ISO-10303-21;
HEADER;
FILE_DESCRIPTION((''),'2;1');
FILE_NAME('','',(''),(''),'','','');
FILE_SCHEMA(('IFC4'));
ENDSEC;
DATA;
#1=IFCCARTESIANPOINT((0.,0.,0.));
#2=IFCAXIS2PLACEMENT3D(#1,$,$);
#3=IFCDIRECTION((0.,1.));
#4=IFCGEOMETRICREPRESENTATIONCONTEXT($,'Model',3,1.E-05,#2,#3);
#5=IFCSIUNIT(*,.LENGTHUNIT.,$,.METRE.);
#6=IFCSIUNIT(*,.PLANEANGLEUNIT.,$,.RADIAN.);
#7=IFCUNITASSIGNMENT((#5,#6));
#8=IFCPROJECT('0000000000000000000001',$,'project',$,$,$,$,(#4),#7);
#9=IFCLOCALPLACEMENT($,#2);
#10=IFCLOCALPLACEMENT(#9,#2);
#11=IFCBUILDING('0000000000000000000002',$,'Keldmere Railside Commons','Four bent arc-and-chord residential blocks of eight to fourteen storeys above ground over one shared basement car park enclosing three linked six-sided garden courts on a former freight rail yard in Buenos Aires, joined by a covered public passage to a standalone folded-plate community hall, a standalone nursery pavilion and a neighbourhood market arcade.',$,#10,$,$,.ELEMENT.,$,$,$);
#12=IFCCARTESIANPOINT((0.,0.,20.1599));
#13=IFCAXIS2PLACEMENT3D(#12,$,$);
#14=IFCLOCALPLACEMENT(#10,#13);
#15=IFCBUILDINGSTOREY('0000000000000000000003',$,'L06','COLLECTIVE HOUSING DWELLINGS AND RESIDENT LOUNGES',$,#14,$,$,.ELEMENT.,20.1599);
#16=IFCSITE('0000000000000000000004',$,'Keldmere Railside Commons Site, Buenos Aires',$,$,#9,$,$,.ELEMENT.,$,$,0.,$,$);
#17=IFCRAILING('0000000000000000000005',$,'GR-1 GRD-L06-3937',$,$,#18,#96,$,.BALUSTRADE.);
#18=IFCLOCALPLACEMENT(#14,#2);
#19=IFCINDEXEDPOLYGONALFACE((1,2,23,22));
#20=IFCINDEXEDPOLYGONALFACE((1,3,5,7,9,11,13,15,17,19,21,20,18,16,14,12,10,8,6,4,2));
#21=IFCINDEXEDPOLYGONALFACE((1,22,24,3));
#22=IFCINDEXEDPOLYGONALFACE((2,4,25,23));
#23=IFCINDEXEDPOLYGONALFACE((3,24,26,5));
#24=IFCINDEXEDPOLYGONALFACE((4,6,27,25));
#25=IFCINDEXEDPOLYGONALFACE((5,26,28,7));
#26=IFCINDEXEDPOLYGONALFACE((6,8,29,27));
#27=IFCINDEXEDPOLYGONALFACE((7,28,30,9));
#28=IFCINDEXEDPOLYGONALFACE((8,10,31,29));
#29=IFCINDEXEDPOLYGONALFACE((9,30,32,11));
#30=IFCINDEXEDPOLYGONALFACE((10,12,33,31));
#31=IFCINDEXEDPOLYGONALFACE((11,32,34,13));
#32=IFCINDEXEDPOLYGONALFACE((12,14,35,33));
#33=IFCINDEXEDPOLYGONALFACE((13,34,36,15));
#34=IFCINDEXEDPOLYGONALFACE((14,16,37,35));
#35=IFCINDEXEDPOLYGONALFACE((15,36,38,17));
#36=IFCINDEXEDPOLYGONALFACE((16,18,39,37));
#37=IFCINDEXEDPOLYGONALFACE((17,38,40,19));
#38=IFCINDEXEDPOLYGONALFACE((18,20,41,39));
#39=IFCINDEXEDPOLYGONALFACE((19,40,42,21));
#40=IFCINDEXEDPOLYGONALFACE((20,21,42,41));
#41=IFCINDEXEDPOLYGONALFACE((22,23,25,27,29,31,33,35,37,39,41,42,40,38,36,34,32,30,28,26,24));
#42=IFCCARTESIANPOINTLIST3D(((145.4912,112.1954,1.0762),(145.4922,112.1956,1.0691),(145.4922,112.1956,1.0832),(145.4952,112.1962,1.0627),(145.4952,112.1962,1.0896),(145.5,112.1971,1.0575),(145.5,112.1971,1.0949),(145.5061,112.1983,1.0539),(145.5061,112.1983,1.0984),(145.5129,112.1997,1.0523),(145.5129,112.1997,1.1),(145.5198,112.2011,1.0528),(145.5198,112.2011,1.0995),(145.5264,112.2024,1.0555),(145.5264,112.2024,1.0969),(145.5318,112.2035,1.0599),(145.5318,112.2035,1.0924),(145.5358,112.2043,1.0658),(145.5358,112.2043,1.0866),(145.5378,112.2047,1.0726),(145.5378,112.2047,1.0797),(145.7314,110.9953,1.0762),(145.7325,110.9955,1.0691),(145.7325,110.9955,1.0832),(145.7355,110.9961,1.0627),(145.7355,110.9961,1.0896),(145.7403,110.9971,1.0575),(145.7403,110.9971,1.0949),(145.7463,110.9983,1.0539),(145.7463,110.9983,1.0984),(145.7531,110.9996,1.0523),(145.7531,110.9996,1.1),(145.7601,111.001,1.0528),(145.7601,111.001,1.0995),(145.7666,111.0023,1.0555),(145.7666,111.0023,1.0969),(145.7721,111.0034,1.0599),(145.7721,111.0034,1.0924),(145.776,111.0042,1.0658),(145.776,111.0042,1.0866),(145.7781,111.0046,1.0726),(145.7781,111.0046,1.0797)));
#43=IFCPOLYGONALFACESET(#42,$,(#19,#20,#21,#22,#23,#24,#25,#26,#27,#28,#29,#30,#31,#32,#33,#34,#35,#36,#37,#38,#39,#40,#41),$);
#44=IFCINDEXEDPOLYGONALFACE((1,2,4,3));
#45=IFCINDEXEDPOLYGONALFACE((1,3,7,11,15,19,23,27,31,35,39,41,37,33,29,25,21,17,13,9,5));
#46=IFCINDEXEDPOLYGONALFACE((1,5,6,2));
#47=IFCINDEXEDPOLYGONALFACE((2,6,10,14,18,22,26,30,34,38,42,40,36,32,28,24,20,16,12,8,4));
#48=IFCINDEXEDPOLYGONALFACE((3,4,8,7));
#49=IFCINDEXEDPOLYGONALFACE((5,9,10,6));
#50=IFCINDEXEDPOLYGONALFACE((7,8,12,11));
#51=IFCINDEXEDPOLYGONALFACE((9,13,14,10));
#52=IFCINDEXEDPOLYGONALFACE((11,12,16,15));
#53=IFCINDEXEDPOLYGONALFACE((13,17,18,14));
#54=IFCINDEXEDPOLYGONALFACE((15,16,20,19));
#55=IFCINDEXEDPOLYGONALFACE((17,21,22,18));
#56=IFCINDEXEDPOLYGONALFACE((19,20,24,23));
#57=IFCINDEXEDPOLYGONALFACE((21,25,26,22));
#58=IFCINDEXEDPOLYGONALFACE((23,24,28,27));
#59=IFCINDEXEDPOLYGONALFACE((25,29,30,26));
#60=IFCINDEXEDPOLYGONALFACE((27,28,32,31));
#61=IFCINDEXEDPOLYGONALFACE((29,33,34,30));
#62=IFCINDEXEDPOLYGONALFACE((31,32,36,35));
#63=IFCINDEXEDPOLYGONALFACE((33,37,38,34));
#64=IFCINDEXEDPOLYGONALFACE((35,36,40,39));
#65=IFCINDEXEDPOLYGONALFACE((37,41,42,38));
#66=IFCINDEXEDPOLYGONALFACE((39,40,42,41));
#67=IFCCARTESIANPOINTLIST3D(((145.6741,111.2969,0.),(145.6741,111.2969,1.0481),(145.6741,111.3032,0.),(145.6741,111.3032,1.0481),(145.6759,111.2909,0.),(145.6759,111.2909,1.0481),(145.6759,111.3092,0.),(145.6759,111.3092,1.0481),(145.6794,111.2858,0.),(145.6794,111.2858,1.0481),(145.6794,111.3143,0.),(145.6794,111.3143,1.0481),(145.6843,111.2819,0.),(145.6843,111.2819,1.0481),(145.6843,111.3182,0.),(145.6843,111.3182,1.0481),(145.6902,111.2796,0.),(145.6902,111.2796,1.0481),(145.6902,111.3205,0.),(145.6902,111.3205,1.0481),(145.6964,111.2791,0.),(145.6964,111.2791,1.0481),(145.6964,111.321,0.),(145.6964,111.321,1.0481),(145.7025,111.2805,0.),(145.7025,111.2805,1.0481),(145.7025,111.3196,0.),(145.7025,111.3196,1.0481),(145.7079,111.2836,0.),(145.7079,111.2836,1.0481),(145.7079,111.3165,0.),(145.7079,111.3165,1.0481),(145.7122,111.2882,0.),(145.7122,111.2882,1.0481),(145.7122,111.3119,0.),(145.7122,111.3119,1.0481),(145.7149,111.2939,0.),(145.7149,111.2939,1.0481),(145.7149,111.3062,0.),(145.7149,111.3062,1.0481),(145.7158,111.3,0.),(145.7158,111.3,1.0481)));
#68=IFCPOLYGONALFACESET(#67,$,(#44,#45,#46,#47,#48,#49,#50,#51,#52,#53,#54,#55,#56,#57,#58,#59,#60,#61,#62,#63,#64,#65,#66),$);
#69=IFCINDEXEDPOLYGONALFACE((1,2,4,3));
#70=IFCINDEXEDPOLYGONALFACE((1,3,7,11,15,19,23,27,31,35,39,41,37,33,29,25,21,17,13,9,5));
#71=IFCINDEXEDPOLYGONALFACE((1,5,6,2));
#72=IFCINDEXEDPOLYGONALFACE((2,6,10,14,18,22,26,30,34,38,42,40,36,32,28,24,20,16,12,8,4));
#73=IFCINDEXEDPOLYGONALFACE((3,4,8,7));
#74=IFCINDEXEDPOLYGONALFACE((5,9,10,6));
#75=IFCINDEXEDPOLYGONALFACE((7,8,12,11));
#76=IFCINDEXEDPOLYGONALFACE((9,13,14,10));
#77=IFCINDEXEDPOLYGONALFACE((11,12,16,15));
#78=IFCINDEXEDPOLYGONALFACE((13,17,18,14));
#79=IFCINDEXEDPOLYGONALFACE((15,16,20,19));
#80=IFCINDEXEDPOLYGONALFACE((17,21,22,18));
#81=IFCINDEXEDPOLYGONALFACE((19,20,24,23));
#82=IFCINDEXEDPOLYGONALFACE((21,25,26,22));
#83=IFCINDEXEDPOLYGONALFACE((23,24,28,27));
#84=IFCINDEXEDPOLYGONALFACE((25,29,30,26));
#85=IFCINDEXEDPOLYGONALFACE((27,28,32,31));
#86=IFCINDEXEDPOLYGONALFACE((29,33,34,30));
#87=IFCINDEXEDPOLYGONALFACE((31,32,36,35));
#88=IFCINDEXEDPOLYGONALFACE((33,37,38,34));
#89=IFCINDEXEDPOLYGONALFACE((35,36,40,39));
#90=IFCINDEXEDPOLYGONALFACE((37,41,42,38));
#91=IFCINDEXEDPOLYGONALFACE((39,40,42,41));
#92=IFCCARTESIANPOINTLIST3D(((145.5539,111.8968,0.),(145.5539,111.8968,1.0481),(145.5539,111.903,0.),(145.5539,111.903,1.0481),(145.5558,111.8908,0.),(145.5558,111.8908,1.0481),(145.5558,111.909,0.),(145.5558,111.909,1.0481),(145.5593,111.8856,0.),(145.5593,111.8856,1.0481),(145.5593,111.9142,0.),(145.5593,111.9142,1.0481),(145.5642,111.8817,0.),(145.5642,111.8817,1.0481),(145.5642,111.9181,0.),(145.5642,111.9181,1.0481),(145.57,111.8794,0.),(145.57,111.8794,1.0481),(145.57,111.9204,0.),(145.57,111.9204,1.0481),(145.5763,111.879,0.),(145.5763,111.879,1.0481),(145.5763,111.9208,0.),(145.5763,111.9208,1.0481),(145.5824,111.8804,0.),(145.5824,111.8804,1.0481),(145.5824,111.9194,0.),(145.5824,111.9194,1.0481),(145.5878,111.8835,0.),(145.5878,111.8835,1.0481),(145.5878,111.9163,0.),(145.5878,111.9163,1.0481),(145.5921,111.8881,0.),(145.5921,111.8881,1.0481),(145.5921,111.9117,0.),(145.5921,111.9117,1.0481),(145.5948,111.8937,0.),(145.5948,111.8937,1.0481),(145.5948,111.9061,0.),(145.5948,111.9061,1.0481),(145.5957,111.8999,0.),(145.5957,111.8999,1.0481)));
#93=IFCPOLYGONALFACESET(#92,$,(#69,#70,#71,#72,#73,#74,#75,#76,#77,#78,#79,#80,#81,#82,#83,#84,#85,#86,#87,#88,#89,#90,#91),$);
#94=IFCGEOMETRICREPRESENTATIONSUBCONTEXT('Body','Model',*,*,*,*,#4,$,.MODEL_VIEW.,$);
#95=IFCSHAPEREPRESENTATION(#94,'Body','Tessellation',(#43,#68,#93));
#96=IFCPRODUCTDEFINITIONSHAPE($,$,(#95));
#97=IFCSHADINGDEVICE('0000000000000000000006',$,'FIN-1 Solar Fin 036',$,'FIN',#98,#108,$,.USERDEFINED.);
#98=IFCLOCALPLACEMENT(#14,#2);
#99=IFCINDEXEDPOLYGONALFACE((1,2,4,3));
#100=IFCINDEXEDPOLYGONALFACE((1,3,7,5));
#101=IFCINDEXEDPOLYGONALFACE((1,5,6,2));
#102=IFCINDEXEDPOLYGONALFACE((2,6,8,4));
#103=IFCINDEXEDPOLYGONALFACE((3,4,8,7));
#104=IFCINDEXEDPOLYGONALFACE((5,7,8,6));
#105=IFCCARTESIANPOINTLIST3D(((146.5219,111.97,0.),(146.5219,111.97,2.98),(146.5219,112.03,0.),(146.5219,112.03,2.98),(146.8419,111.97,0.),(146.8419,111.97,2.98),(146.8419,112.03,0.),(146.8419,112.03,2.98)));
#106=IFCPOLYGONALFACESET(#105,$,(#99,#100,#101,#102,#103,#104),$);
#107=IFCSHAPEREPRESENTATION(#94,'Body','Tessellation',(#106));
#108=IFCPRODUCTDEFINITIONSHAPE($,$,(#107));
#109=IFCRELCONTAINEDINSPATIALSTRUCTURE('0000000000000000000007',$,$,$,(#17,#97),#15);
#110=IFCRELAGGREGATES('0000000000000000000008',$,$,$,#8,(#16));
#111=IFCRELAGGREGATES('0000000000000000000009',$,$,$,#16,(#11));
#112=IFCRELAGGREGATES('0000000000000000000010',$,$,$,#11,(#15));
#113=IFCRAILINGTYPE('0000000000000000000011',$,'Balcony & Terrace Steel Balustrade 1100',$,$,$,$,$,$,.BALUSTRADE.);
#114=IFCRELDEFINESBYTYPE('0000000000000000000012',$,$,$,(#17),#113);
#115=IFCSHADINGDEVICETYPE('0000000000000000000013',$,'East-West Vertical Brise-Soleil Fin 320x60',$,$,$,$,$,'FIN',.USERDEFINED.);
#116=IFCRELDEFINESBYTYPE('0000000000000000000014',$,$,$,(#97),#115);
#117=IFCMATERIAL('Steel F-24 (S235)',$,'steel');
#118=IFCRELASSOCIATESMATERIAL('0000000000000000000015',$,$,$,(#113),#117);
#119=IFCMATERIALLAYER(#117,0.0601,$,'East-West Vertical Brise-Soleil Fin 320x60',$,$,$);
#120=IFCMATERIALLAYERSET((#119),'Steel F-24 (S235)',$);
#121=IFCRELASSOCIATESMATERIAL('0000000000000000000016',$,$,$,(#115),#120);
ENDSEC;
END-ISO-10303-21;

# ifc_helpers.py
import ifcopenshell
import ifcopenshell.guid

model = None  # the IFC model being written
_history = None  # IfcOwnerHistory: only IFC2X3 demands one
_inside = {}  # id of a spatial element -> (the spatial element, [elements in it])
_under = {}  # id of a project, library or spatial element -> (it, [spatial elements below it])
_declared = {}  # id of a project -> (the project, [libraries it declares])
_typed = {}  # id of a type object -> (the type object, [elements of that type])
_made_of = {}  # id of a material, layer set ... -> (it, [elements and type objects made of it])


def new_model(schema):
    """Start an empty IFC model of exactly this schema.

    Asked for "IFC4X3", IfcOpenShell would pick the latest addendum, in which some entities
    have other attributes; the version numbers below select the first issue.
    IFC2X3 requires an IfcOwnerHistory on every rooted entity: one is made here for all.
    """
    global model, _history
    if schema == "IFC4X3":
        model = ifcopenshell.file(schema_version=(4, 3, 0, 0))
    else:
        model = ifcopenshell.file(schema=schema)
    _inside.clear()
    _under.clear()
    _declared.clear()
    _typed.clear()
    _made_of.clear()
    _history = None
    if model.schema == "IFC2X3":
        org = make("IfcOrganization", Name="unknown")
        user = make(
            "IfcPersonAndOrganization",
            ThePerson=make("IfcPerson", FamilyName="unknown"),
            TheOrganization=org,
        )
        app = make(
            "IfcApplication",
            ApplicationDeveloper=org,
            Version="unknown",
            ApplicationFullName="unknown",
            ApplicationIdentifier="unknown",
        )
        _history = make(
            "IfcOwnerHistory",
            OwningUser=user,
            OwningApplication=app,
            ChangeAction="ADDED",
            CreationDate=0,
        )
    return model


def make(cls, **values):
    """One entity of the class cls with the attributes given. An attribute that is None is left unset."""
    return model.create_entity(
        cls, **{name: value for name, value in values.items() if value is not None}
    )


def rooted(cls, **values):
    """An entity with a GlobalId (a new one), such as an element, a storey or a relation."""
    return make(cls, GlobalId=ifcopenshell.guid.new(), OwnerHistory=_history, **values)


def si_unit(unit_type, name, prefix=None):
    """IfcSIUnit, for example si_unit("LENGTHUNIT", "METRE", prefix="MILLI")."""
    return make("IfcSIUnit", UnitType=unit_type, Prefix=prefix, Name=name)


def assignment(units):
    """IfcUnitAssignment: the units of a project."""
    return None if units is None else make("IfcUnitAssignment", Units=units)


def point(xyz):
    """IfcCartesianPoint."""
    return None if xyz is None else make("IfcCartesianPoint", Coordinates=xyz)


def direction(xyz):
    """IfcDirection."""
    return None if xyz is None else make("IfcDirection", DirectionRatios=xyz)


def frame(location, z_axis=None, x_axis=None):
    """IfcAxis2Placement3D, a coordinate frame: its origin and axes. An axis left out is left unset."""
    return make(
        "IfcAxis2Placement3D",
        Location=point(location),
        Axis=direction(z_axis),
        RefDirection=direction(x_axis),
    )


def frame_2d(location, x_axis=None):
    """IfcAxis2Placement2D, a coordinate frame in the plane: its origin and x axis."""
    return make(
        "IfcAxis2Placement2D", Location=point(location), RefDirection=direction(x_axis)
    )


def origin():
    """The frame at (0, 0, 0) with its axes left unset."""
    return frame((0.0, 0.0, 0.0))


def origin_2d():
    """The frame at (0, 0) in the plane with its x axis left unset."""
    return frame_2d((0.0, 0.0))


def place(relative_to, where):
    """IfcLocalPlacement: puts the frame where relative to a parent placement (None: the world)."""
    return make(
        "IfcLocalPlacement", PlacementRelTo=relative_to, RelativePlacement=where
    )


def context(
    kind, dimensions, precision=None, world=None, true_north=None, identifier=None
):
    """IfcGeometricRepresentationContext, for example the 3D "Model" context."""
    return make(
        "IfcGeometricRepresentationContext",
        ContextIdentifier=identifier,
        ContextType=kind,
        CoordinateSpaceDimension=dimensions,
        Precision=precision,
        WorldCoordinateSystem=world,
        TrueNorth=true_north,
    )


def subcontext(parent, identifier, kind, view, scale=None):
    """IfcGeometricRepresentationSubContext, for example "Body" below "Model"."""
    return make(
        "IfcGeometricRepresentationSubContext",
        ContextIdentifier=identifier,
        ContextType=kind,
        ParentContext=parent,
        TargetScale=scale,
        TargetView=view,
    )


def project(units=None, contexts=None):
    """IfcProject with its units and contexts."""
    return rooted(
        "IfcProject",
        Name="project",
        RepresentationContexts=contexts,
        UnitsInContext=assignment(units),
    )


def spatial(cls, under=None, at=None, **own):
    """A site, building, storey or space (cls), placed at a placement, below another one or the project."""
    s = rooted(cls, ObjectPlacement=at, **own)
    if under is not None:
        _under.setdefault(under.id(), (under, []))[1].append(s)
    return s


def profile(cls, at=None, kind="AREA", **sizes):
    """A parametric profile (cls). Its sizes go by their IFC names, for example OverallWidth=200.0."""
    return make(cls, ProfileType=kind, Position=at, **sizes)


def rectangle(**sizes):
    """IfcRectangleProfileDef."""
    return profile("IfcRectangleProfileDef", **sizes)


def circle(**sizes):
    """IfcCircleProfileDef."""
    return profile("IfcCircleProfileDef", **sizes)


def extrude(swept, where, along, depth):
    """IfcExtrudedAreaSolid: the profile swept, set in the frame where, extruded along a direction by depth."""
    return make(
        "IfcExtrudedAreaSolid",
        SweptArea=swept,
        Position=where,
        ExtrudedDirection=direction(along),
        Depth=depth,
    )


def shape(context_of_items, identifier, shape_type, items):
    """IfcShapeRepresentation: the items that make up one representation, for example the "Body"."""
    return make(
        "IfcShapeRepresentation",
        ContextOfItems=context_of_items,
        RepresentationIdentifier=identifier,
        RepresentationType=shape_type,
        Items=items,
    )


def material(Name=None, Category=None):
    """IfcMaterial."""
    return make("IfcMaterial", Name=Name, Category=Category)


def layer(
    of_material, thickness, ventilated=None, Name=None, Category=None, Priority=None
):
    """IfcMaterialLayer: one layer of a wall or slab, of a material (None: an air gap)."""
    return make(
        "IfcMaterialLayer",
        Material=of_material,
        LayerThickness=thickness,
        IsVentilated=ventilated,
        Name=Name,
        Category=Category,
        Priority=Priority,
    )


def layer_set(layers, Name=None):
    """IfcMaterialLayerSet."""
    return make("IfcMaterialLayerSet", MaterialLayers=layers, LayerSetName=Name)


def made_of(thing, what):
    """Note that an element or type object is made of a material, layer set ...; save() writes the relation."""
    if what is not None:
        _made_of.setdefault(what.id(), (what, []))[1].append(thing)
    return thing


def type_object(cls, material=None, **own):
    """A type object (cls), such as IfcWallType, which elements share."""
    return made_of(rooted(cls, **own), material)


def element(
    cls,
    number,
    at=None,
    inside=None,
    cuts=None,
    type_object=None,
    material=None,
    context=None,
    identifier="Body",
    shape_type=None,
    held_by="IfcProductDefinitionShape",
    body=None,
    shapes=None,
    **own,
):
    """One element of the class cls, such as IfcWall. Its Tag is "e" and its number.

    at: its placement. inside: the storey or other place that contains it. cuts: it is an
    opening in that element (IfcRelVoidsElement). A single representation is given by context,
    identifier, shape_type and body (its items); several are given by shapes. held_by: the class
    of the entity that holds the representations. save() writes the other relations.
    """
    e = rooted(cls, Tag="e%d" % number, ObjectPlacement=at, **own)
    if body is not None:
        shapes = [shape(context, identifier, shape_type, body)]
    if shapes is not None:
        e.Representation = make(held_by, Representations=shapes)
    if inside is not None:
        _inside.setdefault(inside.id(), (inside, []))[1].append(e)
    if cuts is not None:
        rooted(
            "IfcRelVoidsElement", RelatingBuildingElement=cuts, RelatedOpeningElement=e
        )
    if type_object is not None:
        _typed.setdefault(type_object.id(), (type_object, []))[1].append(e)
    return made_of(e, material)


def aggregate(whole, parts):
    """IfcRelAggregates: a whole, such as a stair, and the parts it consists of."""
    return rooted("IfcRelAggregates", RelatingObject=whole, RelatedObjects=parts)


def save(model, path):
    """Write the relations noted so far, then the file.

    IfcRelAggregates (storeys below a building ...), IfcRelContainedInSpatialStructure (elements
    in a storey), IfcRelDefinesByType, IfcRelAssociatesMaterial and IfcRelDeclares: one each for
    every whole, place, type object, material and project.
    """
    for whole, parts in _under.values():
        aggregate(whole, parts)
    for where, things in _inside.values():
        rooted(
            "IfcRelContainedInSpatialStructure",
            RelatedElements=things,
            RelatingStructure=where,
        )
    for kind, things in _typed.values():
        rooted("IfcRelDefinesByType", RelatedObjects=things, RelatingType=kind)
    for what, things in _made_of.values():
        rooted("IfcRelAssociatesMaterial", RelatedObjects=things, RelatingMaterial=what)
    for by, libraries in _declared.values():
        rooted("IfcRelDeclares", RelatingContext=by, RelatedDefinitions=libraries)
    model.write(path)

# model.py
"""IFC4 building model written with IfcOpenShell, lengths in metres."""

from ifc_helpers import new_model, si_unit, direction, frame, origin, origin_2d, place, context, subcontext, project, spatial, rectangle, circle, extrude, material, layer, layer_set, type_object, element, save


model = new_model("IFC4")

# Units and contexts
model_context = context("Model", 3, precision=1e-05, world=origin(), true_north=direction((0.0, 1.0)))
body_context = subcontext(model_context, "Body", "Model", "MODEL_VIEW")
ifc_project = project(units=[si_unit("LENGTHUNIT", "METRE"), si_unit("PLANEANGLEUNIT", "RADIAN")], contexts=[model_context])

# Site, building, storey
site_placement = place(None, origin())
site = spatial("IfcSite", under=ifc_project, at=site_placement, Name="Keldmere Railside Commons Site, Buenos Aires", CompositionType="ELEMENT", RefElevation=0.0)
building_placement = place(site_placement, origin())
building = spatial("IfcBuilding", under=site, at=building_placement, Name="Keldmere Railside Commons", Description="Four bent arc-and-chord residential blocks of eight to fourteen storeys above ground over one shared basement car park enclosing three linked six-sided garden courts on a former freight rail yard in Buenos Aires, joined by a covered public passage to a standalone folded-plate community hall, a standalone nursery pavilion and a neighbourhood market arcade.", CompositionType="ELEMENT")
storey_placement = place(building_placement, frame((0.0, 0.0, 20.1599)))
storey = spatial("IfcBuildingStorey", under=building, at=storey_placement, Name="L06", Description="COLLECTIVE HOUSING DWELLINGS AND RESIDENT LOUNGES", CompositionType="ELEMENT", Elevation=20.1599)

# Railing
ifc_material_1 = material(Name="Steel F-24 (S235)", Category="steel")
railing_type = type_object("IfcRailingType", Name="Balcony & Terrace Steel Balustrade 1100", PredefinedType="BALUSTRADE", material=ifc_material_1)
railing_1_placement = place(storey_placement, frame((145.7549, 111.0, 0.0)))
element("IfcRailing", 1, at=railing_1_placement, inside=storey, type_object=railing_type, Name="GR-1 GRD-L06-3937", PredefinedType="BALUSTRADE", context=body_context, shape_type="SweptSolid", body=[
    extrude(circle(Radius=0.0239, at=origin_2d()), frame((0.0, 0.0, 1.0762), z_axis=(-0.196308, 0.980542, 0.0), x_axis=(-0.980542, -0.196308, 0.0)), (0.0, 0.0, 1.0), 1.2239),
    extrude(circle(Radius=0.021, at=origin_2d()), frame((-0.0601, 0.3, 0.0)), (0.0, 0.0, 1.0), 1.0481),
    extrude(circle(Radius=0.021, at=origin_2d()), frame((-0.1802, 0.8999, 0.0)), (0.0, 0.0, 1.0), 1.0481),
])

# Shading device
ifc_layer_1 = layer(ifc_material_1, 0.0601, Name="East-West Vertical Brise-Soleil Fin 320x60")
ifc_layer_set_1 = layer_set([ifc_layer_1], Name="Steel F-24 (S235)")
shading_device_type = type_object("IfcShadingDeviceType", Name="East-West Vertical Brise-Soleil Fin 320x60", ElementType="FIN", PredefinedType="USERDEFINED", material=ifc_layer_set_1)
shading_device_placement = place(storey_placement, frame((146.6819, 112.0, 0.0), z_axis=(0.0, 0.0, 1.0), x_axis=(1.0, 0.0, 0.0)))
element("IfcShadingDevice", 2, at=shading_device_placement, inside=storey, type_object=shading_device_type, Name="FIN-1 Solar Fin 036", ObjectType="FIN", PredefinedType="USERDEFINED", context=body_context, shape_type="SweptSolid", body=[
    extrude(rectangle(XDim=0.3201, YDim=0.0601, at=origin_2d()), origin(), (0.0, 0.0, 1.0), 2.98),
])

save(model, "model.ifc")
